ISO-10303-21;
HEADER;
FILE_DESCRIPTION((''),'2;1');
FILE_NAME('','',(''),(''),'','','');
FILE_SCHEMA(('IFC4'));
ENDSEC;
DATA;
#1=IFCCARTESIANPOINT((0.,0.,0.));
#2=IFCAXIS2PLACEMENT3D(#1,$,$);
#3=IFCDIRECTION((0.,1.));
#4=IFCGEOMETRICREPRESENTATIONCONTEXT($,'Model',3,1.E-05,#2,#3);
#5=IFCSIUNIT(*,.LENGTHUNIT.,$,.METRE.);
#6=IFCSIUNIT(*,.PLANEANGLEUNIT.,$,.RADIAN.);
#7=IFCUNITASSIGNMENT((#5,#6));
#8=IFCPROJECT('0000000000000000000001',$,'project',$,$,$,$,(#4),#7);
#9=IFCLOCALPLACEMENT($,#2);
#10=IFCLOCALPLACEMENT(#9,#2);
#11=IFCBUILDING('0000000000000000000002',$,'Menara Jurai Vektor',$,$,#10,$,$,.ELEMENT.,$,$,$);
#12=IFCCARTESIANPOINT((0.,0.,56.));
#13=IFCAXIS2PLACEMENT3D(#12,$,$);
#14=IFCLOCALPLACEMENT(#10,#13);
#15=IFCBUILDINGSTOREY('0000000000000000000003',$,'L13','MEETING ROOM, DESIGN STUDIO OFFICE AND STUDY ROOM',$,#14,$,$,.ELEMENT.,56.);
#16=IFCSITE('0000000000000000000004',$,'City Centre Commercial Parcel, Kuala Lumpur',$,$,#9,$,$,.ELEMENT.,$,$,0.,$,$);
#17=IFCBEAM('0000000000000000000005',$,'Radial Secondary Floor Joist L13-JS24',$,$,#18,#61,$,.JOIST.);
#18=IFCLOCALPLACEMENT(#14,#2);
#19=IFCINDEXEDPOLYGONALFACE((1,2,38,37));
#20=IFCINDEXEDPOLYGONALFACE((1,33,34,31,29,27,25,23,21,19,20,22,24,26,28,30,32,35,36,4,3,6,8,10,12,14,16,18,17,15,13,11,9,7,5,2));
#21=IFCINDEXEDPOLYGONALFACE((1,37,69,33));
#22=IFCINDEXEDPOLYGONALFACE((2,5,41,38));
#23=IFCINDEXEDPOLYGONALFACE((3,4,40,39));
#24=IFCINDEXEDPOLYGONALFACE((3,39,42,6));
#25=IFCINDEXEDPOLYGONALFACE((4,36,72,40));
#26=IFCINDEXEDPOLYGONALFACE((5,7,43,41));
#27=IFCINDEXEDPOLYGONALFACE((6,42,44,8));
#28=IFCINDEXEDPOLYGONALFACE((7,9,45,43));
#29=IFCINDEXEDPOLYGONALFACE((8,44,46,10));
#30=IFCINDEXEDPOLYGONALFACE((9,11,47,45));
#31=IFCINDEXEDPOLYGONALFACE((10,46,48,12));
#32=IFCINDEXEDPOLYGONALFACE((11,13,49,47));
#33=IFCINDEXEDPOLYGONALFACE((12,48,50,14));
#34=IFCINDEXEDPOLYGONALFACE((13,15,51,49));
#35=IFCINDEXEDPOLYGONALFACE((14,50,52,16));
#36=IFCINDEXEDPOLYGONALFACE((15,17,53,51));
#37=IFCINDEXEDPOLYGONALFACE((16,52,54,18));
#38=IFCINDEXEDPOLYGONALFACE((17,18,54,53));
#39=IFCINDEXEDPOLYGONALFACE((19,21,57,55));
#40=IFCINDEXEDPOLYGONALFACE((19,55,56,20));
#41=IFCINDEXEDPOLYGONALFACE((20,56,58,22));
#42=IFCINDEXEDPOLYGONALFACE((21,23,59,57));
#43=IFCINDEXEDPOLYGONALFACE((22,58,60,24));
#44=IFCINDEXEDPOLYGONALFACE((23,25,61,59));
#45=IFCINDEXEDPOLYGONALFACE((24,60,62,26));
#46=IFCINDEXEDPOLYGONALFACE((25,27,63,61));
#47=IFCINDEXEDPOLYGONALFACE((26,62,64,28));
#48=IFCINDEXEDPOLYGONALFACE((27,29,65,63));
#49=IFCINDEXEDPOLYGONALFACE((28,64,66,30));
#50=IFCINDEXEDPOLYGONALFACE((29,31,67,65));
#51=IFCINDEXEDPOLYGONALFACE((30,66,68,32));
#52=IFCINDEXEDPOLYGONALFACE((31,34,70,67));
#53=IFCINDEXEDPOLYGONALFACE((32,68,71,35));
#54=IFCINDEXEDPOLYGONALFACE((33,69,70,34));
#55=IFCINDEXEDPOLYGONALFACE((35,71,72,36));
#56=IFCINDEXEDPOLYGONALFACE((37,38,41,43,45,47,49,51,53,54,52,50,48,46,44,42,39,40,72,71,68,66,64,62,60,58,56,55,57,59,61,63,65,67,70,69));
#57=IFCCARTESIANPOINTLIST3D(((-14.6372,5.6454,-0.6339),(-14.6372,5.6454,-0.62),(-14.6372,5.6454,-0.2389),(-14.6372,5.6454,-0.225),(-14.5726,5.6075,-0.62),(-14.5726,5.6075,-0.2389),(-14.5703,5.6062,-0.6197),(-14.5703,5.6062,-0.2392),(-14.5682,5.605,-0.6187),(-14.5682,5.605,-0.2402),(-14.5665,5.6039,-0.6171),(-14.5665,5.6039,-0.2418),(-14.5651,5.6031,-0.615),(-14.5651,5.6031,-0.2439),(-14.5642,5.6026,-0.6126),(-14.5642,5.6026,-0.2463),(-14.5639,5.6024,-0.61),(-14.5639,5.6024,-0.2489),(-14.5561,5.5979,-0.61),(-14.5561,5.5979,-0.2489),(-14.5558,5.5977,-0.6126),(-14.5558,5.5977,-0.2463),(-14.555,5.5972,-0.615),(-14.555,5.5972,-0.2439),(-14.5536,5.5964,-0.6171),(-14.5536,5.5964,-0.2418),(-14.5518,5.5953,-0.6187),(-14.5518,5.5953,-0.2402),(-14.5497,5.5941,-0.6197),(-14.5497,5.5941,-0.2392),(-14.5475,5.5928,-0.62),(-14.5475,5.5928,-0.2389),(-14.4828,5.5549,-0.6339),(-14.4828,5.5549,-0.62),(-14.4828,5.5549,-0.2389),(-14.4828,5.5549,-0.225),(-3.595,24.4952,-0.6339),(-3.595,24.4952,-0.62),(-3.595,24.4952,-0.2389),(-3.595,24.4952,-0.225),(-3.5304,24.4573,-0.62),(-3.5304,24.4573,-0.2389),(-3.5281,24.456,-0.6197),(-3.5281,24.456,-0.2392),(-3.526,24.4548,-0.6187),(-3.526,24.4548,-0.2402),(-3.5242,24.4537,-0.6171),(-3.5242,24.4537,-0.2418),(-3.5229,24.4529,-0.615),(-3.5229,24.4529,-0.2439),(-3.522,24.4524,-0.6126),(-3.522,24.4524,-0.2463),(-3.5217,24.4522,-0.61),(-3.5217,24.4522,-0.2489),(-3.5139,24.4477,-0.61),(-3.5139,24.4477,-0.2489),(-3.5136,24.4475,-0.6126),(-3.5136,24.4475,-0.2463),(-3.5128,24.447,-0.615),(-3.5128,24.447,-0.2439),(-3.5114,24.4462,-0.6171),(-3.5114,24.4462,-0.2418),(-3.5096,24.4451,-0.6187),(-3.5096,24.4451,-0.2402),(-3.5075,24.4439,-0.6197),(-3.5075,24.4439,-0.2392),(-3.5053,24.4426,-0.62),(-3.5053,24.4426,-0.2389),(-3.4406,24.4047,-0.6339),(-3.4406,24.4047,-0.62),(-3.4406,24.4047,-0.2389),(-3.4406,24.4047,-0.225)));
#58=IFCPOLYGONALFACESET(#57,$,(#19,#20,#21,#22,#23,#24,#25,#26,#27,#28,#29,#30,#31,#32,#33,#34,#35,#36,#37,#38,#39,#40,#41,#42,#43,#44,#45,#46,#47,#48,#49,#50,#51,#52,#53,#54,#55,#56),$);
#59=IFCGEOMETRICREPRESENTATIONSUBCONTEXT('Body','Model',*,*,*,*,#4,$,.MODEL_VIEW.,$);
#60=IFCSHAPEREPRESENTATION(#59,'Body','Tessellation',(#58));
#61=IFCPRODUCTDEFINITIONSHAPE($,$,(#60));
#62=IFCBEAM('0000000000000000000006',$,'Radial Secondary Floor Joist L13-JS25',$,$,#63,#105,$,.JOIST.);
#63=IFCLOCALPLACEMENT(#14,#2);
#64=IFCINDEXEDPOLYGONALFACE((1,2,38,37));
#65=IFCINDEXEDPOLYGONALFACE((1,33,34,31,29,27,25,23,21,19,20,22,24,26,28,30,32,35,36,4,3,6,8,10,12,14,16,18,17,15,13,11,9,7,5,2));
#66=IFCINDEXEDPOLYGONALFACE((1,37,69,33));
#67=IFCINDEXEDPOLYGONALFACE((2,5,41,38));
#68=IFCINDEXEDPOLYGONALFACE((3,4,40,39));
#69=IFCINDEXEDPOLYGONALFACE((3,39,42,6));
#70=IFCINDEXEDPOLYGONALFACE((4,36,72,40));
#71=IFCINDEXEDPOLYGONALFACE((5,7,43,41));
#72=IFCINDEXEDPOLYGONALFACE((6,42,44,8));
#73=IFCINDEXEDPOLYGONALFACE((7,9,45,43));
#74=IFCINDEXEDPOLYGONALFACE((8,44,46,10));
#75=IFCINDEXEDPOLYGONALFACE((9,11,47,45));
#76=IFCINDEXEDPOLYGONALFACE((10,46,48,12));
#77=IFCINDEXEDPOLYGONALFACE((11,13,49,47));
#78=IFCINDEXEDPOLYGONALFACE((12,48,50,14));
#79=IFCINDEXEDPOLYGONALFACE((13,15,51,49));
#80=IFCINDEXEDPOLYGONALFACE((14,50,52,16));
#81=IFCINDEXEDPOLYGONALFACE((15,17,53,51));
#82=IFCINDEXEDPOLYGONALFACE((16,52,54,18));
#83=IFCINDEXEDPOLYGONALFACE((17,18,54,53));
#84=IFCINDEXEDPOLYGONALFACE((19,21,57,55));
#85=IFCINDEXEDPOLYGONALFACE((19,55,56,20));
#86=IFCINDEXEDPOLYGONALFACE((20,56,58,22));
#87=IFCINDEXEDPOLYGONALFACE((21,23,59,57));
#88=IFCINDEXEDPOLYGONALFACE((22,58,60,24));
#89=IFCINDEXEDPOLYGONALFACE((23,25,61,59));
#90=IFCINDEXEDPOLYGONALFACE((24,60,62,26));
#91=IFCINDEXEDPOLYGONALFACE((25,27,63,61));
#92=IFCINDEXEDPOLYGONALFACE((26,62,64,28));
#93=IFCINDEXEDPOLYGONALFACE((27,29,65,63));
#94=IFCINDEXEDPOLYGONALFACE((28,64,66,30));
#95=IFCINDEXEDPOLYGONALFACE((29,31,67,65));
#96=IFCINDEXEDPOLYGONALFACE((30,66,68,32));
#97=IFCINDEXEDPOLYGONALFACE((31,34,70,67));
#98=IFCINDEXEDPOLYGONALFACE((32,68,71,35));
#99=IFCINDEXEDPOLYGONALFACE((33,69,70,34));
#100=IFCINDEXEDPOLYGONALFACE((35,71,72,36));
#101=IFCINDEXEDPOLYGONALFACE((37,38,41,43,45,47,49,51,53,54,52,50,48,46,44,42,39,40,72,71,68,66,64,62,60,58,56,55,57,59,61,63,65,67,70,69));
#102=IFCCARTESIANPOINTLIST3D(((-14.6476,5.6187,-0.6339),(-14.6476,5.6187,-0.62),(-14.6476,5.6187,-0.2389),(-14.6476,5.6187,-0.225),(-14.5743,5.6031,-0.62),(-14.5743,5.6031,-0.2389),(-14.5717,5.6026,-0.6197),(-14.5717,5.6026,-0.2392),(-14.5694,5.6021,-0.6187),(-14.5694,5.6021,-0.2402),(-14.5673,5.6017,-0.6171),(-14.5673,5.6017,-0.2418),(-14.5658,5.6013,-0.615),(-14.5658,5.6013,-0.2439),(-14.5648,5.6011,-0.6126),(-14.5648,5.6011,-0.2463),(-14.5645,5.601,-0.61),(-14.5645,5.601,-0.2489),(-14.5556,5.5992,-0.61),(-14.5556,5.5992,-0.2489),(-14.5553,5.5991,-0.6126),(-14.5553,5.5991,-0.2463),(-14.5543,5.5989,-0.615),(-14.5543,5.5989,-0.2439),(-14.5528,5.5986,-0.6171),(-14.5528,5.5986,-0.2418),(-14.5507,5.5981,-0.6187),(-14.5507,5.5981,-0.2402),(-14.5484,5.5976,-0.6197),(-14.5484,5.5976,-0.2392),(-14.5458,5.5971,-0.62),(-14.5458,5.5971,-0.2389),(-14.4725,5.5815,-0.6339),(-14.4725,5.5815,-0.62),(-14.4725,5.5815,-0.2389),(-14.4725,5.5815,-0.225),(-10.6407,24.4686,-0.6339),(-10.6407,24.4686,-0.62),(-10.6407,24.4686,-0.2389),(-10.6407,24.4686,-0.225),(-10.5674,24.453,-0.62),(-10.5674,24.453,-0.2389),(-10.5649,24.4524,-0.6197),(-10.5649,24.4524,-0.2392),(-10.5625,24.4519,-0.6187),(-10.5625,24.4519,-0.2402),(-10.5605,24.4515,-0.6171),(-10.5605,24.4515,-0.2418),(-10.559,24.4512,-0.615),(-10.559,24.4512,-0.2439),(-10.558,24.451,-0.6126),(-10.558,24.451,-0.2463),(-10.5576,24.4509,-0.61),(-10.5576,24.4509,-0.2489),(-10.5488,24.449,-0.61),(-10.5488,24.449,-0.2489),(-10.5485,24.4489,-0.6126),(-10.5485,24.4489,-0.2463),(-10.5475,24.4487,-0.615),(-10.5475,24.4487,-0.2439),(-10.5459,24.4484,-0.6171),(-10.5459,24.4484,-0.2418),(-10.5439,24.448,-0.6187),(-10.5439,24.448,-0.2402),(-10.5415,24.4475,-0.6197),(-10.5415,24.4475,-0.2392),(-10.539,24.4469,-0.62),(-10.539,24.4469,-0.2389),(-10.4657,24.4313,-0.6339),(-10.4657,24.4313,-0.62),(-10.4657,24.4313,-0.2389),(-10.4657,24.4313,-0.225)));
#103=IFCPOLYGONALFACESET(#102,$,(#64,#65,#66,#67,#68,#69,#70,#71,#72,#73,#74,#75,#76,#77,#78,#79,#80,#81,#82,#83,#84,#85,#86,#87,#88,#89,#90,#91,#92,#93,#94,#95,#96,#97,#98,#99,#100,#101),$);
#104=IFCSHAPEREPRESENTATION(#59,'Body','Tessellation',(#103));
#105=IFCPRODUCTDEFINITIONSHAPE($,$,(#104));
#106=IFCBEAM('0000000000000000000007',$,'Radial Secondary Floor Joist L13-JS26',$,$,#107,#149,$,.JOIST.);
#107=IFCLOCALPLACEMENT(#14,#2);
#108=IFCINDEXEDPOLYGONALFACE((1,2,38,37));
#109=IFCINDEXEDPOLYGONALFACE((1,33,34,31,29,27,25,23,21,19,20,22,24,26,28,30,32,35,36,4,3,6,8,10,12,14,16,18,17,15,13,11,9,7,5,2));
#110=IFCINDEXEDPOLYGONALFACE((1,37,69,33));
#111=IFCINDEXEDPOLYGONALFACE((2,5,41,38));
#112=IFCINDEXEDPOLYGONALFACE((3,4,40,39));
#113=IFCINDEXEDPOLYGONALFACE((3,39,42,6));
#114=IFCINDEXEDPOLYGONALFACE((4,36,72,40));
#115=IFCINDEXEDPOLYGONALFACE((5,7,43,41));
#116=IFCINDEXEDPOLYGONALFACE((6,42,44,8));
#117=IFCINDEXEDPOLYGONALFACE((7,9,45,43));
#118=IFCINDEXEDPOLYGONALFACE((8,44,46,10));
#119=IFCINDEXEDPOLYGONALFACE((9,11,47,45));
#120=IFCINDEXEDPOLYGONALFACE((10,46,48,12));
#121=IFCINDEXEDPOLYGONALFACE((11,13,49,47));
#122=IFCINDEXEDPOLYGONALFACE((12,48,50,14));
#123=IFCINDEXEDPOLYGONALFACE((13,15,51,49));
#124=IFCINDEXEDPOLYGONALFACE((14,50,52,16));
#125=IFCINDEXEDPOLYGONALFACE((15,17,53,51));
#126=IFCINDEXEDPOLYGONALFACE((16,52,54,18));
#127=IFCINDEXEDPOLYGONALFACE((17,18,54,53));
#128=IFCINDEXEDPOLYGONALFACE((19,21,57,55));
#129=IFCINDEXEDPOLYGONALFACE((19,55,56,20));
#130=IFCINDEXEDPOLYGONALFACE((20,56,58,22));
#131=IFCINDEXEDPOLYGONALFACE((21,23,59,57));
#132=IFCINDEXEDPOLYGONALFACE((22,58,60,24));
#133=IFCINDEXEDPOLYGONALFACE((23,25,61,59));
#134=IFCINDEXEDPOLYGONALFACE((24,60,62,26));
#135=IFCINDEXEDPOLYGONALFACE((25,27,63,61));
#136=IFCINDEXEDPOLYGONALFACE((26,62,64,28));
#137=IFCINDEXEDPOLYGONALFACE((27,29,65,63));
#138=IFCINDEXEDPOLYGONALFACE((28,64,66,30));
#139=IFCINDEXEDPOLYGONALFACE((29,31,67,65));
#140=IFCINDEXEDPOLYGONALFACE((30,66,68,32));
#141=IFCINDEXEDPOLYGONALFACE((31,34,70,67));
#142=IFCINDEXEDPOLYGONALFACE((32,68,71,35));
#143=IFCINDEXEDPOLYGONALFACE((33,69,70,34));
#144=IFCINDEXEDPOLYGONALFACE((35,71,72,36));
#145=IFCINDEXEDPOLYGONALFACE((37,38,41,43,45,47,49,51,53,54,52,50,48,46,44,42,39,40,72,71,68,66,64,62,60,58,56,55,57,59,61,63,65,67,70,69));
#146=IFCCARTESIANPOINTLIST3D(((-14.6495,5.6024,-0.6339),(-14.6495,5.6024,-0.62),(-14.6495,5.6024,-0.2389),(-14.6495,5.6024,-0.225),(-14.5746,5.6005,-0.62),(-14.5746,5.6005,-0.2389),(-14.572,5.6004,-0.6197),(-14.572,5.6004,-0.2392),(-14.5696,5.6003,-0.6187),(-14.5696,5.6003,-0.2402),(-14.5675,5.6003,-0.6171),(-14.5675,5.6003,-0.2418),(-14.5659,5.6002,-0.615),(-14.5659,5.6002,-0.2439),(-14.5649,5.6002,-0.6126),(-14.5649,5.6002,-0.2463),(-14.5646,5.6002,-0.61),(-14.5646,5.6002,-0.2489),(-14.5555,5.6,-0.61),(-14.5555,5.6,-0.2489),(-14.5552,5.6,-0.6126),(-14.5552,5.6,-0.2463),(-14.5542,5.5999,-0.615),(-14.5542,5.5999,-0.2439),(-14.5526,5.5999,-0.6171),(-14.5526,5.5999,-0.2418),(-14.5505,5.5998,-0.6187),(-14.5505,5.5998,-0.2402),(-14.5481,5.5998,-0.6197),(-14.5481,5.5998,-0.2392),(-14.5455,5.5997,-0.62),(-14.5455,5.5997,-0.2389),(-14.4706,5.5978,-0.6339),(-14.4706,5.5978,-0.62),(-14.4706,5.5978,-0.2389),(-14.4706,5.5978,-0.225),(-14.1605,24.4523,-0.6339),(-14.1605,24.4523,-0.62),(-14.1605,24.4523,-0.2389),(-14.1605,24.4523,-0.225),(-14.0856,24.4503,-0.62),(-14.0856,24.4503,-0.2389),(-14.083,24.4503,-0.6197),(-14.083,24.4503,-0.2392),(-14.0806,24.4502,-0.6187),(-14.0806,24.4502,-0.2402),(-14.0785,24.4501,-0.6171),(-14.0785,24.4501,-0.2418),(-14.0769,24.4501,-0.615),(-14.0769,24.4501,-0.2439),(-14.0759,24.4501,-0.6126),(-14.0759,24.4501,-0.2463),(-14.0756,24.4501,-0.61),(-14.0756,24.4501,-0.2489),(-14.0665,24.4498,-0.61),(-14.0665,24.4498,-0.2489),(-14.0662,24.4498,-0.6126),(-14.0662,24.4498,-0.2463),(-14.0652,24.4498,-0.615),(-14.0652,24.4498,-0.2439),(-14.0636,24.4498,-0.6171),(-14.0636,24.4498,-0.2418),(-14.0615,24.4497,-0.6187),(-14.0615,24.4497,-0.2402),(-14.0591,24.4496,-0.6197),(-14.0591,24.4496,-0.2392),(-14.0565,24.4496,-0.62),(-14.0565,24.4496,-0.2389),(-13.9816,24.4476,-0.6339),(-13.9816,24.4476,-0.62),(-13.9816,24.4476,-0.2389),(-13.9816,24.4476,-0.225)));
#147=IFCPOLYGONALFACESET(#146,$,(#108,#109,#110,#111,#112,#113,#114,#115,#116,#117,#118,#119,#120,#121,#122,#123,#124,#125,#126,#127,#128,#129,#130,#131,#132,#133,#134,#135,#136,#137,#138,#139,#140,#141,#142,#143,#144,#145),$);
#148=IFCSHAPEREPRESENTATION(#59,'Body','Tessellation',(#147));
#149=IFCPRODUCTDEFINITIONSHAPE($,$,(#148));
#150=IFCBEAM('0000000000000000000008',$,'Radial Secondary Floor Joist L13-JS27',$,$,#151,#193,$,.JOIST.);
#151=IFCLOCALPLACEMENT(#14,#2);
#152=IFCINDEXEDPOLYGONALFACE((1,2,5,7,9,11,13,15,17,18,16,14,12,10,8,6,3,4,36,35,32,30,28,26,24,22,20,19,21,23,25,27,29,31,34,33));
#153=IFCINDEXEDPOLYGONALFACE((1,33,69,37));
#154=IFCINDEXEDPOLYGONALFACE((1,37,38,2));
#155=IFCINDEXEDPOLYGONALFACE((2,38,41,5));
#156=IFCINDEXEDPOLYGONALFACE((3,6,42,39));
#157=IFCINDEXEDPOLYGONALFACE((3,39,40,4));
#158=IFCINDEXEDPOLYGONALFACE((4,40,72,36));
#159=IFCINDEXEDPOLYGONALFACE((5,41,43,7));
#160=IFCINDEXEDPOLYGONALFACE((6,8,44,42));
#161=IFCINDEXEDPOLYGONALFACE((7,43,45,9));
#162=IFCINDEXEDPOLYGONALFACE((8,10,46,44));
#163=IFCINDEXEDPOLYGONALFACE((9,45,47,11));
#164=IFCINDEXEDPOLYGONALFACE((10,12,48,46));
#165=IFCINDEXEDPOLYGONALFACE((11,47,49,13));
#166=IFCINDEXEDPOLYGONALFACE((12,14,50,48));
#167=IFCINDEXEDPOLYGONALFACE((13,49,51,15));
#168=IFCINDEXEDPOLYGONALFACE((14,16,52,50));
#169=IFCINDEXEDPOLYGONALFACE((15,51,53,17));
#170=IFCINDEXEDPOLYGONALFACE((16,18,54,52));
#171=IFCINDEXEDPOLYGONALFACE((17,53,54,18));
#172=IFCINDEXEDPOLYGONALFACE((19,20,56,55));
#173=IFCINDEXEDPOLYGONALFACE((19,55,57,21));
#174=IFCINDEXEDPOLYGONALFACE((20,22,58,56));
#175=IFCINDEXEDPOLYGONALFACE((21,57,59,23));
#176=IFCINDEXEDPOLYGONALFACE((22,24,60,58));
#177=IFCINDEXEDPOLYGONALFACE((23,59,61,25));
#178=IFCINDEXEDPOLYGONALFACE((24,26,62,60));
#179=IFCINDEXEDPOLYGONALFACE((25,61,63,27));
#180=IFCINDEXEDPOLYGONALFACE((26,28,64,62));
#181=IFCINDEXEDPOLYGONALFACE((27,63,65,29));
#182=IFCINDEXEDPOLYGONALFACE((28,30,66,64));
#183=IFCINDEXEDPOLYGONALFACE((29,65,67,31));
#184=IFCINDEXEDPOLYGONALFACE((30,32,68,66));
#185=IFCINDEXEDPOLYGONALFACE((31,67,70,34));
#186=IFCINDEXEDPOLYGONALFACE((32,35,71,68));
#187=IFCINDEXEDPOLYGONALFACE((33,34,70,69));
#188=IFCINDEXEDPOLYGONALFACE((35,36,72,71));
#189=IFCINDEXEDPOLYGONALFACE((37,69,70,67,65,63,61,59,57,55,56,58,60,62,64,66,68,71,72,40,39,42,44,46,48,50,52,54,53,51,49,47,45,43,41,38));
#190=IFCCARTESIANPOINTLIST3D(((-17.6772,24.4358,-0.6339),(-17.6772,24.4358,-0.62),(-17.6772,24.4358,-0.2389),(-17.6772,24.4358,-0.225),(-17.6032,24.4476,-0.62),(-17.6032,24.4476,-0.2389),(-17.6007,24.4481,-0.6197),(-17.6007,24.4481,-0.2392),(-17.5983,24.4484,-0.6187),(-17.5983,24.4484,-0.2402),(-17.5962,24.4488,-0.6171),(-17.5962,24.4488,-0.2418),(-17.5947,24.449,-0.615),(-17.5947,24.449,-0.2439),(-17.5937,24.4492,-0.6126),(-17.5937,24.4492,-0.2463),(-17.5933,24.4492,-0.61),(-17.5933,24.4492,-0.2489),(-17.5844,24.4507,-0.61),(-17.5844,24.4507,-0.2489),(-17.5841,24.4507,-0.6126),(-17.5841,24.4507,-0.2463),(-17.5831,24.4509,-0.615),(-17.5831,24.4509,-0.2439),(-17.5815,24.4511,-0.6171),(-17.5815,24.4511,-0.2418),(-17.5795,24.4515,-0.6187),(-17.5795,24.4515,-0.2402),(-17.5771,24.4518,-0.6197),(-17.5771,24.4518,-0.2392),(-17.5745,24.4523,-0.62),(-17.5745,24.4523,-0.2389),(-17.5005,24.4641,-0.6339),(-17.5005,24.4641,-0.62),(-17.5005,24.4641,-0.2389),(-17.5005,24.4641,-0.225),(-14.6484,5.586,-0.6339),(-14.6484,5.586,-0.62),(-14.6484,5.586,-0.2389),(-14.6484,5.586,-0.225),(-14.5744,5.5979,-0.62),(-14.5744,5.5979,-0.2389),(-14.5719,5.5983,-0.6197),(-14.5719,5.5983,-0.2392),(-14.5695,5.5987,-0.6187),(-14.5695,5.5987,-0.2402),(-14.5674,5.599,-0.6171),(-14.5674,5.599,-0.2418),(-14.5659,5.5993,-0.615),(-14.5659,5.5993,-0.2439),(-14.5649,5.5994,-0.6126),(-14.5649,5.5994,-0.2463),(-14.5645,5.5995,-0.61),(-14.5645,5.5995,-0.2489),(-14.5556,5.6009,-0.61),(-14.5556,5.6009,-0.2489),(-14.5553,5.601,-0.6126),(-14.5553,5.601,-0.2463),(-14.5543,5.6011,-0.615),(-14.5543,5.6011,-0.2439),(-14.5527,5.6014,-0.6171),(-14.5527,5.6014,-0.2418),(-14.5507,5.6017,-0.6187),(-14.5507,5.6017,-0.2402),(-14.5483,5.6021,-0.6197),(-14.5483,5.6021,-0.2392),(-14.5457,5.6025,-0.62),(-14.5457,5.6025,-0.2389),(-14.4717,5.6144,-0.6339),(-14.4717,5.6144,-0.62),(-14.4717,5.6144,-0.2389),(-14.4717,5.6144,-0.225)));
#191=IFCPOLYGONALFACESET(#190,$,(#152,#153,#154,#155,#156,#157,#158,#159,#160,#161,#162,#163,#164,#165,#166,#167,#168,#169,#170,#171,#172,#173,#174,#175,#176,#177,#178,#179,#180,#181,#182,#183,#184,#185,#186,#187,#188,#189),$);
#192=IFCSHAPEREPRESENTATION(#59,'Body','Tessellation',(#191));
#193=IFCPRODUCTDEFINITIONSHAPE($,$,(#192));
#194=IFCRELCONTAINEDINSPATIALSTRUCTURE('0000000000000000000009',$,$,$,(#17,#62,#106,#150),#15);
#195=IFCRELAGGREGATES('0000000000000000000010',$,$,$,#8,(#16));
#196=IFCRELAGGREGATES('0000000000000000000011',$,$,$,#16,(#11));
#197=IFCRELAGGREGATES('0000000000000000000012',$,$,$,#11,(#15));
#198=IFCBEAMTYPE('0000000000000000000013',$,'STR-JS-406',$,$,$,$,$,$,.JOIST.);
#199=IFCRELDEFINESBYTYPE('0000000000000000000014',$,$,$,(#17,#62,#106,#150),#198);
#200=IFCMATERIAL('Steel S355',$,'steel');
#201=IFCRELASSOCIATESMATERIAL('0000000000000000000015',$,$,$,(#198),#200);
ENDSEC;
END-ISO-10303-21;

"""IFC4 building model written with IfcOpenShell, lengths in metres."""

from ifc_helpers import new_model, si_unit, direction, frame, origin, origin_2d, place, context, subcontext, project, spatial, i_section, extrude, material, material_profile, profile_set, type_object, element, save


model = new_model("IFC4")

# Units and contexts
model_context = context("Model", 3, precision=1e-05, world=origin(), true_north=direction((0.0, 1.0)))
body_context = subcontext(model_context, "Body", "Model", "MODEL_VIEW")
ifc_project = project(units=[si_unit("LENGTHUNIT", "METRE"), si_unit("PLANEANGLEUNIT", "RADIAN")], contexts=[model_context])

# Site, building, storey
site_placement = place(None, origin())
site = spatial("IfcSite", under=ifc_project, at=site_placement, Name="City Centre Commercial Parcel, Kuala Lumpur", CompositionType="ELEMENT", RefElevation=0.0)
building_placement = place(site_placement, origin())
building = spatial("IfcBuilding", under=site, at=building_placement, Name="Menara Jurai Vektor", CompositionType="ELEMENT")
storey_placement = place(building_placement, frame((0.0, 0.0, 56.0)))
storey = spatial("IfcBuildingStorey", under=building, at=storey_placement, Name="L13", Description="MEETING ROOM, DESIGN STUDIO OFFICE AND STUDY ROOM", CompositionType="ELEMENT", Elevation=56.0)

# Beams
ifc_material_1 = material(Name="Steel S355", Category="steel")
ifc_material_profile_1 = material_profile(ifc_material_1, i_section(OverallWidth=0.179, OverallDepth=0.4089, WebThickness=0.009, FlangeThickness=0.0139, FilletRadius=0.01, at=origin_2d()), Name="UKB 406x178x67")
ifc_profile_set_1 = profile_set([ifc_material_profile_1], Name="Steel S355")
beam_type_1 = type_object("IfcBeamType", Name="STR-JS-406", PredefinedType="JOIST", material=ifc_profile_set_1)
beam_1_placement = place(storey_placement, frame((-3.5178, 24.45, -0.4294), z_axis=(-0.505458, -0.862851, 0.0), x_axis=(0.862851, -0.505458, 0.0)))
element("IfcBeam", 1, at=beam_1_placement, inside=storey, type_object=beam_type_1, Name="Radial Secondary Floor Joist L13-JS24", PredefinedType="JOIST", context=body_context, shape_type="SweptSolid", body=[
    extrude(i_section(OverallWidth=0.179, OverallDepth=0.4089, WebThickness=0.009, FlangeThickness=0.0139, FilletRadius=0.01, at=origin_2d()), origin(), (0.0, 0.0, 1.0), 21.8459),
])
beam_2_placement = place(storey_placement, frame((-10.5532, 24.45, -0.4294), z_axis=(-0.20792, -0.978146, 0.0), x_axis=(0.978146, -0.20792, 0.0)))
element("IfcBeam", 2, at=beam_2_placement, inside=storey, type_object=beam_type_1, Name="Radial Secondary Floor Joist L13-JS25", PredefinedType="JOIST", context=body_context, shape_type="SweptSolid", body=[
    extrude(i_section(OverallWidth=0.179, OverallDepth=0.4089, WebThickness=0.009, FlangeThickness=0.0139, FilletRadius=0.01, at=origin_2d()), origin(), (0.0, 0.0, 1.0), 19.271),
])
beam_3_placement = place(storey_placement, frame((-14.071, 24.45, -0.4294), z_axis=(-0.025934, -0.999664, 0.0), x_axis=(0.999664, -0.025934, 0.0)))
element("IfcBeam", 3, at=beam_3_placement, inside=storey, type_object=beam_type_1, Name="Radial Secondary Floor Joist L13-JS26", PredefinedType="JOIST", context=body_context, shape_type="SweptSolid", body=[
    extrude(i_section(OverallWidth=0.179, OverallDepth=0.4089, WebThickness=0.009, FlangeThickness=0.0139, FilletRadius=0.01, at=origin_2d()), origin(), (0.0, 0.0, 1.0), 18.8562),
])
beam_4_placement = place(storey_placement, frame((-17.5889, 24.45, -0.4294), z_axis=(0.158646, -0.987336, 0.0), x_axis=(0.987336, 0.158646, 0.0)))
element("IfcBeam", 4, at=beam_4_placement, inside=storey, type_object=beam_type_1, Name="Radial Secondary Floor Joist L13-JS27", PredefinedType="JOIST", context=body_context, shape_type="SweptSolid", body=[
    extrude(i_section(OverallWidth=0.179, OverallDepth=0.4089, WebThickness=0.009, FlangeThickness=0.0139, FilletRadius=0.01, at=origin_2d()), origin(), (0.0, 0.0, 1.0), 19.0916),
])

save(model, "model.ifc")
